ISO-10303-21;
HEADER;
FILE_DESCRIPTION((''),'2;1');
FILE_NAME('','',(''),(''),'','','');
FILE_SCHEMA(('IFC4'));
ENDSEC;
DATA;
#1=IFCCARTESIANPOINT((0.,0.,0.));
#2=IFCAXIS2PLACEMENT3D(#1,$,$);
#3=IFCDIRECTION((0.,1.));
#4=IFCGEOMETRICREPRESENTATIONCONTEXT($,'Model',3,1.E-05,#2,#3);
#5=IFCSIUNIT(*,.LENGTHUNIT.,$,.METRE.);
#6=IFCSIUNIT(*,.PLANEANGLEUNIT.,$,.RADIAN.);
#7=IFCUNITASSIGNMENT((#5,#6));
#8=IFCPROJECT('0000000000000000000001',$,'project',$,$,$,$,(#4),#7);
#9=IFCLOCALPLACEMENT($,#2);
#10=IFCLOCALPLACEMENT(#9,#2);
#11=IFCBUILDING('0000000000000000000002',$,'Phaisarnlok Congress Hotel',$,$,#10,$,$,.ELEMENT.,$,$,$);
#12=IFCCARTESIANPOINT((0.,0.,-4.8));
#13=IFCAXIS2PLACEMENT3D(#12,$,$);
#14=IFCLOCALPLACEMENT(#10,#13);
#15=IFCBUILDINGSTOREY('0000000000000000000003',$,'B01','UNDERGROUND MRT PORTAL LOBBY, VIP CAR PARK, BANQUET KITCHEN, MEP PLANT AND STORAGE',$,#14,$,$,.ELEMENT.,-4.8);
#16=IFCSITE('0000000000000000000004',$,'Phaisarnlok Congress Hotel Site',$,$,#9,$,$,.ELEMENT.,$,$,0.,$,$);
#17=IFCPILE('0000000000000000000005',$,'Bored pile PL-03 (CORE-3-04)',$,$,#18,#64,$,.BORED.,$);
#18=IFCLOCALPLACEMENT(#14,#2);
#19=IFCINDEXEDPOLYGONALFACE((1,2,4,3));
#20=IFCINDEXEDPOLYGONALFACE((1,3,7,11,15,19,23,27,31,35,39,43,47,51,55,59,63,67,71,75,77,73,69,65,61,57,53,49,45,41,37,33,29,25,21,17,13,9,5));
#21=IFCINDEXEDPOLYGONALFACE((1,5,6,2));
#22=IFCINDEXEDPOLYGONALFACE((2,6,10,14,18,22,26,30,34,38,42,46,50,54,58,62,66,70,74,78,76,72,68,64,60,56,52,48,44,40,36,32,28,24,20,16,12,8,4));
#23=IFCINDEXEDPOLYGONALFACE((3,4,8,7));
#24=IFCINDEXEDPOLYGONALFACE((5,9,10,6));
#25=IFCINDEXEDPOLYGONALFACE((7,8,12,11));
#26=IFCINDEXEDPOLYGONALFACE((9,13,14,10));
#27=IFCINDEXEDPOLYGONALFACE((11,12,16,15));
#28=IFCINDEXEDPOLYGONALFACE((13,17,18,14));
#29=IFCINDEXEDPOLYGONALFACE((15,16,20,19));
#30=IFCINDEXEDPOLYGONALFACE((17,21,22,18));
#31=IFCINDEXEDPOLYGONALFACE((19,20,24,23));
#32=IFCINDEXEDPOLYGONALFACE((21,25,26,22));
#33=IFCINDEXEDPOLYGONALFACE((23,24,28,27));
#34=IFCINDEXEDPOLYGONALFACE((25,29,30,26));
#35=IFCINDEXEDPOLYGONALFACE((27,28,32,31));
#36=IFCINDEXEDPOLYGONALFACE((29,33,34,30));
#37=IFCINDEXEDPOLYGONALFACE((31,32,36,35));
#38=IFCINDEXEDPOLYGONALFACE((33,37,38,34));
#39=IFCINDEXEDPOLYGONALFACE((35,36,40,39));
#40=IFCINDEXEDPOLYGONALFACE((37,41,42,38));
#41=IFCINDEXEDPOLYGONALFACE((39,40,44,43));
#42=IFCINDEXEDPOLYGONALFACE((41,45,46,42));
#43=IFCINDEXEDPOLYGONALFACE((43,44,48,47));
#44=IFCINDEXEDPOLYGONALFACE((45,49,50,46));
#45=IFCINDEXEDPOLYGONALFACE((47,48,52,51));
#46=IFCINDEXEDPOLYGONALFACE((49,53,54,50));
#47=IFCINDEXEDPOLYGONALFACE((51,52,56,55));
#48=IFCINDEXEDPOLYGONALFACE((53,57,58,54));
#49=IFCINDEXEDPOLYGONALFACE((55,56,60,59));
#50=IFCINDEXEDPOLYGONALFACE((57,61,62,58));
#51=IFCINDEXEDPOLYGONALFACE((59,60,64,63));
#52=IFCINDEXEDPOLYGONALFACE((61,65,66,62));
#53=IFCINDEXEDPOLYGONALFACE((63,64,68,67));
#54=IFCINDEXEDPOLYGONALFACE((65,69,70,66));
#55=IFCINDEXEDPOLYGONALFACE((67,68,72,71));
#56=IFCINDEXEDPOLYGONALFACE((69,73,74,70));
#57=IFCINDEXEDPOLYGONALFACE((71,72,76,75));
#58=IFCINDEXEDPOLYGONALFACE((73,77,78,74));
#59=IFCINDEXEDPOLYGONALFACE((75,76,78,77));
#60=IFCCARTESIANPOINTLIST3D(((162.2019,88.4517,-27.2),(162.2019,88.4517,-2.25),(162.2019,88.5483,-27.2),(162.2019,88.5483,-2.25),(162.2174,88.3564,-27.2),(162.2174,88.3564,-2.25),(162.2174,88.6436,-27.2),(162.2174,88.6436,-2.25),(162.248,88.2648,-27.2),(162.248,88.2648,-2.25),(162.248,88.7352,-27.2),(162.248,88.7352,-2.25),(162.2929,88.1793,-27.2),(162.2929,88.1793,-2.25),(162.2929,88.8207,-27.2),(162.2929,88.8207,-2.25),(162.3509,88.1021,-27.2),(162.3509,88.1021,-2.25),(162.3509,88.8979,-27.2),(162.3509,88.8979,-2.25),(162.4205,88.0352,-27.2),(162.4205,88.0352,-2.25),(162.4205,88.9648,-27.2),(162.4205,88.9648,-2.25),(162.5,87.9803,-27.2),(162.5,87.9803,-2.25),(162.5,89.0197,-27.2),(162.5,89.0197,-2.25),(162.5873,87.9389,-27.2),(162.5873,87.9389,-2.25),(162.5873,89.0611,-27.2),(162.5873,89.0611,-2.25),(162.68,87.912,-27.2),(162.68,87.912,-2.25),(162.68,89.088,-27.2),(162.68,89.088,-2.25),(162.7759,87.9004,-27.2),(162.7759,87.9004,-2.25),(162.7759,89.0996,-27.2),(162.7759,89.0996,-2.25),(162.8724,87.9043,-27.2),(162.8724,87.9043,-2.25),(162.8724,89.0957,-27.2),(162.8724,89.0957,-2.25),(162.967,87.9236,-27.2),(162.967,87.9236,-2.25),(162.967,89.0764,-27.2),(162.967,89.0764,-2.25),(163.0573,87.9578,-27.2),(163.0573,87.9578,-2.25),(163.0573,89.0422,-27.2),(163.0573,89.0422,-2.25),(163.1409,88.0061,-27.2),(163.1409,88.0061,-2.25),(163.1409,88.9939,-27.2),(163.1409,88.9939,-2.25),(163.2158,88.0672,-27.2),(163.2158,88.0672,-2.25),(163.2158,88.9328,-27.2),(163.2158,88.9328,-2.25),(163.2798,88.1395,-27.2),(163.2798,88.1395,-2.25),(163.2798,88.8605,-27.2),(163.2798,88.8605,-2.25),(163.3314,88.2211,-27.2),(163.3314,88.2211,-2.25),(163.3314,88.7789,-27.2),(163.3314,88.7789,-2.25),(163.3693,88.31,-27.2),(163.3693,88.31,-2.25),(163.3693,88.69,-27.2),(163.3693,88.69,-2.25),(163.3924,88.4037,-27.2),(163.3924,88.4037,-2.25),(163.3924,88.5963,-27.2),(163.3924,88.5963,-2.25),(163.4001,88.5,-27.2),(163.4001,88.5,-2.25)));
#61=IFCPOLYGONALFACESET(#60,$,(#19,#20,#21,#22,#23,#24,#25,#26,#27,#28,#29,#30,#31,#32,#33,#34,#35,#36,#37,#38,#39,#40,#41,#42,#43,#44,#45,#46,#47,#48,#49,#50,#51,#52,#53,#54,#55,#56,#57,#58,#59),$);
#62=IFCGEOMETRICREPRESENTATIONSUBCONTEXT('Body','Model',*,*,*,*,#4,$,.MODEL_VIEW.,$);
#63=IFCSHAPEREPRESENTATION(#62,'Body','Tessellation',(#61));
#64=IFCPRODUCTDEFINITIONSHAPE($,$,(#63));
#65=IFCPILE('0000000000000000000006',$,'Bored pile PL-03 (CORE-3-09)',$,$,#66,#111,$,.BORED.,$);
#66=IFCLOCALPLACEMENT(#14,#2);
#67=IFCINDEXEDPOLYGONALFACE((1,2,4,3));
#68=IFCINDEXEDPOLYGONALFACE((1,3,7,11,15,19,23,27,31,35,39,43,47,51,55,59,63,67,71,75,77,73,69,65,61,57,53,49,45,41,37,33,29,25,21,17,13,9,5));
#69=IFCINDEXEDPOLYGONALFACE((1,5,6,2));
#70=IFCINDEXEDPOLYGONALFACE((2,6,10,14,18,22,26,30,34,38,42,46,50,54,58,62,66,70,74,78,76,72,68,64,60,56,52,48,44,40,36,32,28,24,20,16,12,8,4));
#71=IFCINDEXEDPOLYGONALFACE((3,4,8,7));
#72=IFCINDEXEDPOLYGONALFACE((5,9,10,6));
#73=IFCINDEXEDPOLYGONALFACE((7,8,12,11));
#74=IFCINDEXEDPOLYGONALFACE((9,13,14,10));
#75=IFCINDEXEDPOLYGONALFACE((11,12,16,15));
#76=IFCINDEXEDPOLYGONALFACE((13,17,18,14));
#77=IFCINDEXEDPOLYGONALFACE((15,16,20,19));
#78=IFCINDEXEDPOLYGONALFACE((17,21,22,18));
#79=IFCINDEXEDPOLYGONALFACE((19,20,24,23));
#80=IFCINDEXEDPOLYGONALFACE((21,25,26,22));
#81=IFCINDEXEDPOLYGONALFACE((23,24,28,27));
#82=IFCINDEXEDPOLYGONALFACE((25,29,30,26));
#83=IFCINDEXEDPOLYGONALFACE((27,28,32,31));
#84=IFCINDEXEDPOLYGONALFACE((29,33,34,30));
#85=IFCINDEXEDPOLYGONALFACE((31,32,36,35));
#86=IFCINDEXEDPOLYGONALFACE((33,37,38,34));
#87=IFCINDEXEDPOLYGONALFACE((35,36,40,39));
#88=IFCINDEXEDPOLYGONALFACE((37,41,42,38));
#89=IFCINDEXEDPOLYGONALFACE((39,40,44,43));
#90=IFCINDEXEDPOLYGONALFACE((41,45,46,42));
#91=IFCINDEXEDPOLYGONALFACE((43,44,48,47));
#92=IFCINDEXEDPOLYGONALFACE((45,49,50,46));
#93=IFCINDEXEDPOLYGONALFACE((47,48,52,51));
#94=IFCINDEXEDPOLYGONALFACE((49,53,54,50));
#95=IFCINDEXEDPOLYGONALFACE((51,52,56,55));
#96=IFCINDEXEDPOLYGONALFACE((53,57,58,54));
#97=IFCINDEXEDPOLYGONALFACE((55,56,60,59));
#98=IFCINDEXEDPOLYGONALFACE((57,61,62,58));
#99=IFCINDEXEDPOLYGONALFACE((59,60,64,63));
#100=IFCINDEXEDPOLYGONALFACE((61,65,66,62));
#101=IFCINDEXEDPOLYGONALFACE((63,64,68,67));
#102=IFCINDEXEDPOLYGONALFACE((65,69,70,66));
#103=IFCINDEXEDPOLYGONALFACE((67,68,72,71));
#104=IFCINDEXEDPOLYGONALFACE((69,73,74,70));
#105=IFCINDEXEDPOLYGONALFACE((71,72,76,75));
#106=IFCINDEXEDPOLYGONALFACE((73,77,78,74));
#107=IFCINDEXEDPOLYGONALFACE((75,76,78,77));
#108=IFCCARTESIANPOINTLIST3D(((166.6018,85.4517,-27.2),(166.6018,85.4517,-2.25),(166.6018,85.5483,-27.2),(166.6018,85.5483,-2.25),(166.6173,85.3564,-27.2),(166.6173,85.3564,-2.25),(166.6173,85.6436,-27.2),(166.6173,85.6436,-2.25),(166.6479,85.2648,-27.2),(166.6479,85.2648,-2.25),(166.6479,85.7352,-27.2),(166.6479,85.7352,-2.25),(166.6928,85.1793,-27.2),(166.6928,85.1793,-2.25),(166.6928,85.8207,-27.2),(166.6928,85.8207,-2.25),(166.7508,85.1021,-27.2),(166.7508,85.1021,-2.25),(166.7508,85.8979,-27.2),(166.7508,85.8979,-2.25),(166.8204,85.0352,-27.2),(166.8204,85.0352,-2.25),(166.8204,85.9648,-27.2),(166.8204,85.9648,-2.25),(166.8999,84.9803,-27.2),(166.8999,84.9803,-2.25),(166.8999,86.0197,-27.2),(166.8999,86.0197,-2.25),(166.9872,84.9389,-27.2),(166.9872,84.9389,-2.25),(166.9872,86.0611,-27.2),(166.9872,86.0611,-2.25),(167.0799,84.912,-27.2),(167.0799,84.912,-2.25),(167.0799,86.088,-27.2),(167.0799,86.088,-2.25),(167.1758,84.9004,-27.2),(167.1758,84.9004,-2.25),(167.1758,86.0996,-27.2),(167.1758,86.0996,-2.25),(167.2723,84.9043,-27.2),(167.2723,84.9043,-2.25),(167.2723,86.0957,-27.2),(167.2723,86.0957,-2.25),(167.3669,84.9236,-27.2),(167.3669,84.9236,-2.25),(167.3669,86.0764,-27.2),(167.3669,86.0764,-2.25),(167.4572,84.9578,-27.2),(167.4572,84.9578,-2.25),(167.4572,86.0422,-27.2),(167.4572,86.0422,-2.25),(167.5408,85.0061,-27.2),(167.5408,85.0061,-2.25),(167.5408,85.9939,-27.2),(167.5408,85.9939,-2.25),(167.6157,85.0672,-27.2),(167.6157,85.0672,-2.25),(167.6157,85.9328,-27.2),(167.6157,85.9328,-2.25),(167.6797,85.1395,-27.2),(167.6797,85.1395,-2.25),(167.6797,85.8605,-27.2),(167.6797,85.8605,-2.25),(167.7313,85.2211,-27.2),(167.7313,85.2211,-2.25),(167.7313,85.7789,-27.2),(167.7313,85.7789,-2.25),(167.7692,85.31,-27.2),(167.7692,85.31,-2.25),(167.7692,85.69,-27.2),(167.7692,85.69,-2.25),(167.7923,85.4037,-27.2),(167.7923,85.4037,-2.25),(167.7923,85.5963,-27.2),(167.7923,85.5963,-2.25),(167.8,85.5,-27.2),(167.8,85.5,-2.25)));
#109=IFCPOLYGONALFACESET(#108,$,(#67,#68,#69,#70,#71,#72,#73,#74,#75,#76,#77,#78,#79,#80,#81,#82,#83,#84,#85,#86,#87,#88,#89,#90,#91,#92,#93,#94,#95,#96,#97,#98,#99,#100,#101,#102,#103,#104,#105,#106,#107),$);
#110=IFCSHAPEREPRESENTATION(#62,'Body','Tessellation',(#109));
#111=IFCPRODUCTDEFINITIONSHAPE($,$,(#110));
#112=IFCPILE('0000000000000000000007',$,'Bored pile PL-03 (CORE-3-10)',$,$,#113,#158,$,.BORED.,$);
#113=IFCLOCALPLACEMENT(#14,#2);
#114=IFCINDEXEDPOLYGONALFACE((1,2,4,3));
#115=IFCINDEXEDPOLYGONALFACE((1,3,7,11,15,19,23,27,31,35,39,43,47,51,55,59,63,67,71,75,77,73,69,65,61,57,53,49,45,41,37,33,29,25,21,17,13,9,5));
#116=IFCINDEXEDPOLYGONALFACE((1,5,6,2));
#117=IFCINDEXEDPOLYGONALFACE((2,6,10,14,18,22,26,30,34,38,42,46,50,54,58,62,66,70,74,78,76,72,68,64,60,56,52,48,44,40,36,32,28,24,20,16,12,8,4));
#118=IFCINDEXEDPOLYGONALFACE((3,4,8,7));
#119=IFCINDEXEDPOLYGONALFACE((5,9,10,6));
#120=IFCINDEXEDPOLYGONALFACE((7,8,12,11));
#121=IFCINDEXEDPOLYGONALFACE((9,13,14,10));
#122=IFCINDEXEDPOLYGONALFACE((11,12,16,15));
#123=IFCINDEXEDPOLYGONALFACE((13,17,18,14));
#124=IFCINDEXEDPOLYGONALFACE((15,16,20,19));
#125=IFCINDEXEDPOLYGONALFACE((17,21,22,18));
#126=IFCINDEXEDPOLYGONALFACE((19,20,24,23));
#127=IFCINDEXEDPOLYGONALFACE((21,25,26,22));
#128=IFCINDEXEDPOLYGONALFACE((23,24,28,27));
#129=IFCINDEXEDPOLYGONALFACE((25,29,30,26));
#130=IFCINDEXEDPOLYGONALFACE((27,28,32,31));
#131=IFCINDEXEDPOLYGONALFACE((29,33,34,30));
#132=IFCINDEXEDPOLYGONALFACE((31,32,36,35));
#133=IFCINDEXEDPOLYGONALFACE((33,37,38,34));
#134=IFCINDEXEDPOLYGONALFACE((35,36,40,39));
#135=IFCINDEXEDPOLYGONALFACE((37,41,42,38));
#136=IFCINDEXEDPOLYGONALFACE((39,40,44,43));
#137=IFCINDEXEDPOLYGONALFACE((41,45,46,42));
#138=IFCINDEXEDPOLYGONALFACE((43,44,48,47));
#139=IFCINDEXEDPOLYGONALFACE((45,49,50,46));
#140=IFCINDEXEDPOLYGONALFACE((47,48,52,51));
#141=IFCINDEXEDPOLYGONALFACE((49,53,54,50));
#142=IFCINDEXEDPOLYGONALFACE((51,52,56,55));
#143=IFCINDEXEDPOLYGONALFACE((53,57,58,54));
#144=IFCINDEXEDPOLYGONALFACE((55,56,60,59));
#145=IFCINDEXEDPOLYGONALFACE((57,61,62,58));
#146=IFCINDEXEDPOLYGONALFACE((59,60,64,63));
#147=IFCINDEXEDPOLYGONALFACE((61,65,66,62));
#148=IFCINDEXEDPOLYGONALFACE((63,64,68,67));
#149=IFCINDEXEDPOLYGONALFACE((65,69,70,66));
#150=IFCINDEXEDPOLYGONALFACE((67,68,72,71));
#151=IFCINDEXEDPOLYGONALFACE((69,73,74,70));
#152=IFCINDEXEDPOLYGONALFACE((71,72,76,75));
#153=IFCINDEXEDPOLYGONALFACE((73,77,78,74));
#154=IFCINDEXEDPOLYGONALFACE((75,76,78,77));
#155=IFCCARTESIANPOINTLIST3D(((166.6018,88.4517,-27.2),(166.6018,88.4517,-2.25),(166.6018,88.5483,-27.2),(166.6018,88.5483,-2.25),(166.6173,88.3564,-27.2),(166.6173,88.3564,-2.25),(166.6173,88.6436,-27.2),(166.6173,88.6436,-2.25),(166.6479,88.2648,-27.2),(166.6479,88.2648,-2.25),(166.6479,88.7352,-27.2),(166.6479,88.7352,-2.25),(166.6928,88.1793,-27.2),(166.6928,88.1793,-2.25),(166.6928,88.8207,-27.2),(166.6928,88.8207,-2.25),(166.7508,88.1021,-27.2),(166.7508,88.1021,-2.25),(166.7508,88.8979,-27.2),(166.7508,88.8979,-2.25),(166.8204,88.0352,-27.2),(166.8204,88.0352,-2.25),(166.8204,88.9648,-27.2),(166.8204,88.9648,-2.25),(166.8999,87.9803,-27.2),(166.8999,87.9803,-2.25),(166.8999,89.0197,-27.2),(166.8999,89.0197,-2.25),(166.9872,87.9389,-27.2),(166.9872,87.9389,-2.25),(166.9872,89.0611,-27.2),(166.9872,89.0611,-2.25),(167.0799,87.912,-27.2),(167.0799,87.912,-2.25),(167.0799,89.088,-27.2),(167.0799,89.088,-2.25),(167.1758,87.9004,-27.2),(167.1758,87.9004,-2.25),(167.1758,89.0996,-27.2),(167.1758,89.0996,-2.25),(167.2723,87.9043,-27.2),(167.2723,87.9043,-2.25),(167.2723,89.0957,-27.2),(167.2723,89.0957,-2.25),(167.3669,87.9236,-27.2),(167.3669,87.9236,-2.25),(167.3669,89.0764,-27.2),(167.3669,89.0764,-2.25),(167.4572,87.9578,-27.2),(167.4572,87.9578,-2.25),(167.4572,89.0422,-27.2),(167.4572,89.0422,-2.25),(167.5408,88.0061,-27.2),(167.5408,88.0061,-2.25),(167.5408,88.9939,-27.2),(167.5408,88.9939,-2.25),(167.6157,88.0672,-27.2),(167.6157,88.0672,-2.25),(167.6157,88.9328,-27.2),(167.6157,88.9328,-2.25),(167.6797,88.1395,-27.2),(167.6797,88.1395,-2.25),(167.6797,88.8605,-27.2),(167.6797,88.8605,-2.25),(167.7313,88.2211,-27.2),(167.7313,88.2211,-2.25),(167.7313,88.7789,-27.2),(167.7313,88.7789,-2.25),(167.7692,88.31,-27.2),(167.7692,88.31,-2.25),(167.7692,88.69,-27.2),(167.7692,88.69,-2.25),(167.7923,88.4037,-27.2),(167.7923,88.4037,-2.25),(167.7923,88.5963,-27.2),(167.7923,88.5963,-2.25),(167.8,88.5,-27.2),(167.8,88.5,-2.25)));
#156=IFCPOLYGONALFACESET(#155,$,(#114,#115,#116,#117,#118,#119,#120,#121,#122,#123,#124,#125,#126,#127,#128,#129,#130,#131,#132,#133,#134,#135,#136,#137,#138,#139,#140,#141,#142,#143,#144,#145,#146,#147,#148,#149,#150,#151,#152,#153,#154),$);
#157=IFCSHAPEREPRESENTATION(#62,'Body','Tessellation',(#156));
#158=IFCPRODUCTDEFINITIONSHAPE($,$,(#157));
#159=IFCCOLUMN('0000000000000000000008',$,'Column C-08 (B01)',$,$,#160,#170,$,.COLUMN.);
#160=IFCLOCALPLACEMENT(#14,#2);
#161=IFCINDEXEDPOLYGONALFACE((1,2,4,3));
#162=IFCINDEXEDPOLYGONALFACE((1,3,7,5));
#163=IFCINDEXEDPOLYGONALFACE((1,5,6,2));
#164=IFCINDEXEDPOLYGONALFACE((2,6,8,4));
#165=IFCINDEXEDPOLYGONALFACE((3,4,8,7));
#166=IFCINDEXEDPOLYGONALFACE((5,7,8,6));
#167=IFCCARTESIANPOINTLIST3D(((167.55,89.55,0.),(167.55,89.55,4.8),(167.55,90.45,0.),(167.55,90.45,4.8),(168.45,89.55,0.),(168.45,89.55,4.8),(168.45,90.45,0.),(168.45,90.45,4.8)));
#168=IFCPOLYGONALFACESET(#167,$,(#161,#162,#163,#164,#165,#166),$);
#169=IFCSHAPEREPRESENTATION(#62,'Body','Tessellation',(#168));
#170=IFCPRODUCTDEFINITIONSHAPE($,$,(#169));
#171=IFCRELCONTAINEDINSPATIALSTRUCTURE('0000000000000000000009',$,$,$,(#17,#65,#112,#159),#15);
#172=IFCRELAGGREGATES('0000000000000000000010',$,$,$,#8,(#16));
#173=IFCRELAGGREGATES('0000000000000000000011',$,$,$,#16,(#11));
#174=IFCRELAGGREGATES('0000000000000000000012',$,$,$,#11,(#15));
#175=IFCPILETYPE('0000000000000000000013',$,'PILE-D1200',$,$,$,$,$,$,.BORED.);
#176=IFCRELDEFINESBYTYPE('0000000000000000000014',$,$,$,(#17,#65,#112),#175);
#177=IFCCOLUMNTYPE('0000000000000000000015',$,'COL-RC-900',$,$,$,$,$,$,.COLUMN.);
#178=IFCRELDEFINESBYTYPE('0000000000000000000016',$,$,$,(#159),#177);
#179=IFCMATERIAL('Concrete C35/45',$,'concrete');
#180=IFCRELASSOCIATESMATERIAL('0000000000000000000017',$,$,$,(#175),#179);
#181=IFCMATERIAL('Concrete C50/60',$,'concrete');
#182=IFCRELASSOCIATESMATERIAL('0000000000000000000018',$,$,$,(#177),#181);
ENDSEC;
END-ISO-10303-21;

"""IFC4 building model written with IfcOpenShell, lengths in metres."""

from ifc_helpers import new_model, si_unit, direction, frame, origin, origin_2d, place, context, subcontext, project, spatial, rectangle, circle, extrude, material, material_profile, profile_set, type_object, element, save


model = new_model("IFC4")

# Units and contexts
model_context = context("Model", 3, precision=1e-05, world=origin(), true_north=direction((0.0, 1.0)))
body_context = subcontext(model_context, "Body", "Model", "MODEL_VIEW")
ifc_project = project(units=[si_unit("LENGTHUNIT", "METRE"), si_unit("PLANEANGLEUNIT", "RADIAN")], contexts=[model_context])

# Site, building, storey
site_placement = place(None, origin())
site = spatial("IfcSite", under=ifc_project, at=site_placement, Name="Phaisarnlok Congress Hotel Site", CompositionType="ELEMENT", RefElevation=0.0)
building_placement = place(site_placement, origin())
building = spatial("IfcBuilding", under=site, at=building_placement, Name="Phaisarnlok Congress Hotel", CompositionType="ELEMENT")
storey_placement = place(building_placement, frame((0.0, 0.0, -4.8)))
storey = spatial("IfcBuildingStorey", under=building, at=storey_placement, Name="B01", Description="UNDERGROUND MRT PORTAL LOBBY, VIP CAR PARK, BANQUET KITCHEN, MEP PLANT AND STORAGE", CompositionType="ELEMENT", Elevation=-4.8)

# Piles
ifc_material_1 = material(Name="Concrete C35/45", Category="concrete")
ifc_material_profile_1 = material_profile(ifc_material_1, circle(Radius=0.6001, at=origin_2d()), Name="BORED PILE D1200")
ifc_profile_set_1 = profile_set([ifc_material_profile_1], Name="Concrete C35/45")
pile_type_1 = type_object("IfcPileType", Name="PILE-D1200", PredefinedType="BORED", material=ifc_profile_set_1)
for number, where, z_axis, x_axis, name in (
    (1, (162.8, 88.5, -2.25), (0.0, 0.0, -1.0), (1.0, 0.0, 0.0), "Bored pile PL-03 (CORE-3-04)"),
    (2, (167.2, 85.5, -2.25), (0.0, 0.0, -1.0), (1.0, 0.0, 0.0), "Bored pile PL-03 (CORE-3-09)"),
    (3, (167.2, 88.5, -2.25), (0.0, 0.0, -1.0), (1.0, 0.0, 0.0), "Bored pile PL-03 (CORE-3-10)"),
):
    element("IfcPile", number, at=place(storey_placement, frame(where, z_axis=z_axis, x_axis=x_axis)), inside=storey, type_object=pile_type_1, Name=name, PredefinedType="BORED", context=body_context, shape_type="SweptSolid", body=[
        extrude(circle(Radius=0.6001, at=origin_2d()), origin(), (0.0, 0.0, 1.0), 24.95),
    ])

# Column
ifc_material_2 = material(Name="Concrete C50/60", Category="concrete")
ifc_material_profile_2 = material_profile(ifc_material_2, rectangle(XDim=0.8999, YDim=0.8999, at=origin_2d()), Name="RC 900x900")
ifc_profile_set_2 = profile_set([ifc_material_profile_2], Name="Concrete C50/60")
column_type = type_object("IfcColumnType", Name="COL-RC-900", PredefinedType="COLUMN", material=ifc_profile_set_2)
column_placement = place(storey_placement, frame((168.0, 90.0, 0.0), z_axis=(0.0, 0.0, 1.0), x_axis=(1.0, 0.0, 0.0)))
element("IfcColumn", 4, at=column_placement, inside=storey, type_object=column_type, Name="Column C-08 (B01)", PredefinedType="COLUMN", context=body_context, shape_type="SweptSolid", body=[
    extrude(rectangle(XDim=0.8999, YDim=0.8999, at=origin_2d()), origin(), (0.0, 0.0, 1.0), 4.8),
])

save(model, "model.ifc")
